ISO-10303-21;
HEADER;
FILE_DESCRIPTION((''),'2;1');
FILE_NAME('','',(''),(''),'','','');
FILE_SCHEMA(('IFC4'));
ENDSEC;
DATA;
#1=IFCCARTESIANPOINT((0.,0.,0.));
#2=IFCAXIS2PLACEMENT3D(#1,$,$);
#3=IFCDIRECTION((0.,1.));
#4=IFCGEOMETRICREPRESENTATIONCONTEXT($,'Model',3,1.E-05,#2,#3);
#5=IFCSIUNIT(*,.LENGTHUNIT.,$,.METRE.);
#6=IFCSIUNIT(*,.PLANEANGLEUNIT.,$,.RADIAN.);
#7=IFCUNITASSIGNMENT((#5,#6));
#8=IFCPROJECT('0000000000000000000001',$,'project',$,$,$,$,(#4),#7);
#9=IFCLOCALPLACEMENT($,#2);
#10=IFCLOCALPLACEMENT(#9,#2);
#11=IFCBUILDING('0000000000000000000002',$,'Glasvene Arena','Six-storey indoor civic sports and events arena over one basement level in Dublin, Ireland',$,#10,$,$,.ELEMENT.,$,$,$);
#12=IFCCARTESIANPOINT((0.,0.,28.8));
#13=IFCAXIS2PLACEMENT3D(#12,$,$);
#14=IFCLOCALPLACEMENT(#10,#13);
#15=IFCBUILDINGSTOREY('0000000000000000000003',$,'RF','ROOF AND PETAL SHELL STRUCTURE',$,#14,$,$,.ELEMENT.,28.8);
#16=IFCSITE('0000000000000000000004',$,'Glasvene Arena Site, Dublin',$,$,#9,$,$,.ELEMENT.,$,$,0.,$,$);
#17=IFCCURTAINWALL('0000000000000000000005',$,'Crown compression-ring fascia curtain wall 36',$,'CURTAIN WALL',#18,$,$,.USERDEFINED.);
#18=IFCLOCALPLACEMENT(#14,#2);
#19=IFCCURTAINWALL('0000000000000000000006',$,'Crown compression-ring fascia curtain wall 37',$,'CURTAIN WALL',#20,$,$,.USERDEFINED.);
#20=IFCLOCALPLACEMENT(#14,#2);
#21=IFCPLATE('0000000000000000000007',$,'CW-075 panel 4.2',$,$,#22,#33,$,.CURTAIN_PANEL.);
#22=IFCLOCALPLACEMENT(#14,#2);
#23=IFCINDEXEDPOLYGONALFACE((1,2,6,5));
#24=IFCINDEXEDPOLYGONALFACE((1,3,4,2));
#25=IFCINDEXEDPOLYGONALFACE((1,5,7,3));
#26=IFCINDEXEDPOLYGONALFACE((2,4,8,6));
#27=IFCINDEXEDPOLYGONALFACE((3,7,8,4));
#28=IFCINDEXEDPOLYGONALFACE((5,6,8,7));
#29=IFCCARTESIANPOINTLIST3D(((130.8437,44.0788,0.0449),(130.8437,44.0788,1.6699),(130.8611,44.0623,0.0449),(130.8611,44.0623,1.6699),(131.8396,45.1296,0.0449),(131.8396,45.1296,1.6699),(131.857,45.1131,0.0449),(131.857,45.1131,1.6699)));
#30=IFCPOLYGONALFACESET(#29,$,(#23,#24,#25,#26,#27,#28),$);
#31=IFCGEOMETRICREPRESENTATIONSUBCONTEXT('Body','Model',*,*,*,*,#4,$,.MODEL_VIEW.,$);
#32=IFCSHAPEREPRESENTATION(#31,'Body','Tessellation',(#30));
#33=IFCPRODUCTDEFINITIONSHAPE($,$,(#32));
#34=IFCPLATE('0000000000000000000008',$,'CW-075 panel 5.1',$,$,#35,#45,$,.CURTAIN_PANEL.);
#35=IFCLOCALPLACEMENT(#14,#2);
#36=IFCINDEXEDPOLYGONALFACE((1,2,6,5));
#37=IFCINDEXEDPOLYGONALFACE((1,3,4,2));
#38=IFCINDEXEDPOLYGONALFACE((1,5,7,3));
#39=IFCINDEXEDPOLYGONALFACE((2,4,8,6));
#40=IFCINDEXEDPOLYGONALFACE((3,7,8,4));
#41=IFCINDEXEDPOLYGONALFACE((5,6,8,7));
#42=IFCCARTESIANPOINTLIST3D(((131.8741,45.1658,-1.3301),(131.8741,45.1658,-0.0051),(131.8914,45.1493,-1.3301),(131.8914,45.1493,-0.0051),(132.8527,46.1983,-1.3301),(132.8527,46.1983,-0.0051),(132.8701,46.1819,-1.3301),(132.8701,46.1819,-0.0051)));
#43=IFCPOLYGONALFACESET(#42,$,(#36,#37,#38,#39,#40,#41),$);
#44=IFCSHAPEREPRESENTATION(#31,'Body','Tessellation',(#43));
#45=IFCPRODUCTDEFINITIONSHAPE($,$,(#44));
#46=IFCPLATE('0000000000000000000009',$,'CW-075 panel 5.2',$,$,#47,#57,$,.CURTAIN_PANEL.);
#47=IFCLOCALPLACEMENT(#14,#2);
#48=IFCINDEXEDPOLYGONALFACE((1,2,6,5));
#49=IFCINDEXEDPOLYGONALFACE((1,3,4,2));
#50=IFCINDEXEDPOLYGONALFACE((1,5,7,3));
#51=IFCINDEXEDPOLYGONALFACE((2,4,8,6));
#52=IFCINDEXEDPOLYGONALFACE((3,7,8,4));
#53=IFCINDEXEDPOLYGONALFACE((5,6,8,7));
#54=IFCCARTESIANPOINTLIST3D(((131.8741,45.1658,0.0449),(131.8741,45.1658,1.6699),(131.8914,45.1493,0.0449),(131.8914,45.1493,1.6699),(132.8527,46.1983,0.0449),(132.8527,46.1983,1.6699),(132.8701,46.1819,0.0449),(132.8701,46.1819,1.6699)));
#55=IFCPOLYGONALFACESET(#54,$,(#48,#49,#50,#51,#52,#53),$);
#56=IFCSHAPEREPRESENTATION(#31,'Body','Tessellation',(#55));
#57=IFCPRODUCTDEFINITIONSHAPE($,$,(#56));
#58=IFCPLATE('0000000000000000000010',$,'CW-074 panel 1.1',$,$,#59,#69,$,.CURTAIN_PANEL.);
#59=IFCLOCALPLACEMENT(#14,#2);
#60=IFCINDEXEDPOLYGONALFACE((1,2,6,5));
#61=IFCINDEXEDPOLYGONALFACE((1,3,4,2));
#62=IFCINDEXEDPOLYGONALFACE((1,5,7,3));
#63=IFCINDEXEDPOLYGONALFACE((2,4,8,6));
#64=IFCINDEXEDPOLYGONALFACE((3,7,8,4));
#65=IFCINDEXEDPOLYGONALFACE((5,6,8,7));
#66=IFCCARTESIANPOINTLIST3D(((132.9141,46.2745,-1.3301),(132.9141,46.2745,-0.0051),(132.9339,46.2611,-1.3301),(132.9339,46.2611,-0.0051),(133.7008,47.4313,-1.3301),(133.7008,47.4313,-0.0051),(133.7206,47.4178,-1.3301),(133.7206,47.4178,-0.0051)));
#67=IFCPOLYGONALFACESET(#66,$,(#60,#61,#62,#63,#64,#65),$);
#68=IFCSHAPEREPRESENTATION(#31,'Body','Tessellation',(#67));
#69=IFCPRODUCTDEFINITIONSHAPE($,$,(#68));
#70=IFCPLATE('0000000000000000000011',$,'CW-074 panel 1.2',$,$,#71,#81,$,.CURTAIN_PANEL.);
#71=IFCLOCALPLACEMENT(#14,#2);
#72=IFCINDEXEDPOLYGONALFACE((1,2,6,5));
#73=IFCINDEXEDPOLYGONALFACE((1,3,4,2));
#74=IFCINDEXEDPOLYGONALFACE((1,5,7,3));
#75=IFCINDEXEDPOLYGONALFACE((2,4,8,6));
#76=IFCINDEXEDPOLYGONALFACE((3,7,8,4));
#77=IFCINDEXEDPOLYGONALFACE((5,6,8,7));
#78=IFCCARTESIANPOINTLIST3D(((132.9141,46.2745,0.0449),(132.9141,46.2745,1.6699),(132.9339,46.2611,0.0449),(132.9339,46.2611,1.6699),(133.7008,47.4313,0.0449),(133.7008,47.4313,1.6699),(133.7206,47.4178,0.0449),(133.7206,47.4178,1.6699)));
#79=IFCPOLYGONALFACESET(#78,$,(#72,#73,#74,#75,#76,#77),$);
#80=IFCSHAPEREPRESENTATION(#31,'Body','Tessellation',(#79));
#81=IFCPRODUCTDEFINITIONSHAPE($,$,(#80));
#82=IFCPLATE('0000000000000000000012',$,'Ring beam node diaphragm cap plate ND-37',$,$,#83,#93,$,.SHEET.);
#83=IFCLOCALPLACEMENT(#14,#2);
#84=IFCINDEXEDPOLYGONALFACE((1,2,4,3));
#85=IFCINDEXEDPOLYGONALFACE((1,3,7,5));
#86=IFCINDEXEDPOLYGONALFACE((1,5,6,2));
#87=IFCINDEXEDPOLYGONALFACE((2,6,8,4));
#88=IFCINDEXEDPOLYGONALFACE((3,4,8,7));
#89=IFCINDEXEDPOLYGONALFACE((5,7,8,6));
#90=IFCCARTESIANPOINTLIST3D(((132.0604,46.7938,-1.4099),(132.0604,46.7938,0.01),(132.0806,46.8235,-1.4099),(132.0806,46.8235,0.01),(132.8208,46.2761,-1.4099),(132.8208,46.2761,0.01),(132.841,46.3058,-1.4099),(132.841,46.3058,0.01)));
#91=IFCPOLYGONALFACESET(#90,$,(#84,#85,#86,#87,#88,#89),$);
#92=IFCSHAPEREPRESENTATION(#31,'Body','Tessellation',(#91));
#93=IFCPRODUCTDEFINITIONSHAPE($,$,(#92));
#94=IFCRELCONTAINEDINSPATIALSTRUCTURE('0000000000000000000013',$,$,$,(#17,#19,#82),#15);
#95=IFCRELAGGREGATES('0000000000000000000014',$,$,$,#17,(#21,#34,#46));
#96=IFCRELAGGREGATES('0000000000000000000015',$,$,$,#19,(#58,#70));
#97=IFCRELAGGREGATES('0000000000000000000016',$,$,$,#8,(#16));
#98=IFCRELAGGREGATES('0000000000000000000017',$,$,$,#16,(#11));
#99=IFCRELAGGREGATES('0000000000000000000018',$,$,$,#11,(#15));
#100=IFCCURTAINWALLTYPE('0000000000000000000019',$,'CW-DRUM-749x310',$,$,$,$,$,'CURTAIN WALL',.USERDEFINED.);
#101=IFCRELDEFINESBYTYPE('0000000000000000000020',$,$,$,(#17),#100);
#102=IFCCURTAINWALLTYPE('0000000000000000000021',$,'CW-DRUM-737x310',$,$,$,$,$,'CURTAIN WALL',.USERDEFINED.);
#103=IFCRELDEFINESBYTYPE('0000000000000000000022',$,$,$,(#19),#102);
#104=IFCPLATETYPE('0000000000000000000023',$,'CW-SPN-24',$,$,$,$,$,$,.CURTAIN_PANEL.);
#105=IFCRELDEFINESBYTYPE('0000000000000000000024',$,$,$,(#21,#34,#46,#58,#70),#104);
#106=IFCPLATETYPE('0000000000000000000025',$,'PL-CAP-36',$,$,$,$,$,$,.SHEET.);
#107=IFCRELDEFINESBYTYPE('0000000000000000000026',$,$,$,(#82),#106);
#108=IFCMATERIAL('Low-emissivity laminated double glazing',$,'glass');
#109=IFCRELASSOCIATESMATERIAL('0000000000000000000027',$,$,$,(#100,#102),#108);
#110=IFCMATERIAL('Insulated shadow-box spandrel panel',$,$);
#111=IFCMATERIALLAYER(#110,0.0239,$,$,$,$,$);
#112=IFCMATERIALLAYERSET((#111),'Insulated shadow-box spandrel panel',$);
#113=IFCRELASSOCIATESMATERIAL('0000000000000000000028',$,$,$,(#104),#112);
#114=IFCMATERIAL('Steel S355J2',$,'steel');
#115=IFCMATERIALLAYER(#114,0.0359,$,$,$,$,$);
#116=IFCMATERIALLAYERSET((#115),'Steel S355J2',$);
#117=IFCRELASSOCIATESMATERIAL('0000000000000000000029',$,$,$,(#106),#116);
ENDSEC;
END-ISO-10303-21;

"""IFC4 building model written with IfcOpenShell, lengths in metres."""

from ifc_helpers import new_model, si_unit, direction, frame, origin, origin_2d, place, context, subcontext, project, spatial, rectangle, extrude, material, layer, layer_set, type_object, element, aggregate, save


model = new_model("IFC4")

# Units and contexts
model_context = context("Model", 3, precision=1e-05, world=origin(), true_north=direction((0.0, 1.0)))
body_context = subcontext(model_context, "Body", "Model", "MODEL_VIEW")
ifc_project = project(units=[si_unit("LENGTHUNIT", "METRE"), si_unit("PLANEANGLEUNIT", "RADIAN")], contexts=[model_context])

# Site, building, storey
site_placement = place(None, origin())
site = spatial("IfcSite", under=ifc_project, at=site_placement, Name="Glasvene Arena Site, Dublin", CompositionType="ELEMENT", RefElevation=0.0)
building_placement = place(site_placement, origin())
building = spatial("IfcBuilding", under=site, at=building_placement, Name="Glasvene Arena", Description="Six-storey indoor civic sports and events arena over one basement level in Dublin, Ireland", CompositionType="ELEMENT")
storey_placement = place(building_placement, frame((0.0, 0.0, 28.8)))
storey = spatial("IfcBuildingStorey", under=building, at=storey_placement, Name="RF", Description="ROOF AND PETAL SHELL STRUCTURE", CompositionType="ELEMENT", Elevation=28.8)

# Shared definitions
ifc_material_1 = material(Name="Steel S355J2", Category="steel")

# Curtain walls
ifc_material_2 = material(Name="Low-emissivity laminated double glazing", Category="glass")
curtain_wall_type_1 = type_object("IfcCurtainWallType", Name="CW-DRUM-749x310", ElementType="CURTAIN WALL", PredefinedType="USERDEFINED", material=ifc_material_2)
curtain_wall_1_placement = place(storey_placement, frame((127.7441, 40.7913, 0.0)))
curtain_wall_1 = element("IfcCurtainWall", 1, at=curtain_wall_1_placement, inside=storey, type_object=curtain_wall_type_1, Name="Crown compression-ring fascia curtain wall 36", ObjectType="CURTAIN WALL", PredefinedType="USERDEFINED")
curtain_wall_type_2 = type_object("IfcCurtainWallType", Name="CW-DRUM-737x310", ElementType="CURTAIN WALL", PredefinedType="USERDEFINED", material=ifc_material_2)
curtain_wall_2_placement = place(storey_placement, frame((132.8958, 46.2263, 0.0)))
curtain_wall_2 = element("IfcCurtainWall", 2, at=curtain_wall_2_placement, inside=storey, type_object=curtain_wall_type_2, Name="Crown compression-ring fascia curtain wall 37", ObjectType="CURTAIN WALL", PredefinedType="USERDEFINED")

# Plates
ifc_material_3 = material(Name="Insulated shadow-box spandrel panel")
ifc_layer_1 = layer(ifc_material_3, 0.0239)
ifc_layer_set_1 = layer_set([ifc_layer_1], Name="Insulated shadow-box spandrel panel")
plate_type_1 = type_object("IfcPlateType", Name="CW-SPN-24", PredefinedType="CURTAIN_PANEL", material=ifc_layer_set_1)
plate_1_placement = place(storey_placement, frame((131.3503, 44.5959, 0.0449), z_axis=(0.0, 0.0, 1.0), x_axis=(0.687925, 0.725782, 0.0)))
plate_1 = element("IfcPlate", 3, at=plate_1_placement, type_object=plate_type_1, Name="CW-075 panel 4.2", PredefinedType="CURTAIN_PANEL", context=body_context, shape_type="SweptSolid", body=[
    extrude(rectangle(XDim=1.4478, YDim=0.0239, at=origin_2d()), origin(), (0.0, 0.0, 1.0), 1.625),
])
plate_2_placement = place(storey_placement, frame((132.3721, 45.6738, -1.3301), z_axis=(0.0, 0.0, 1.0), x_axis=(0.687925, 0.725782, 0.0)))
plate_2 = element("IfcPlate", 4, at=plate_2_placement, type_object=plate_type_1, Name="CW-075 panel 5.1", PredefinedType="CURTAIN_PANEL", context=body_context, shape_type="SweptSolid", body=[
    extrude(rectangle(XDim=1.4226, YDim=0.0239, at=origin_2d()), origin(), (0.0, 0.0, 1.0), 1.325),
])
plate_3_placement = place(storey_placement, frame((132.3721, 45.6738, 0.0449), z_axis=(0.0, 0.0, 1.0), x_axis=(0.687925, 0.725782, 0.0)))
plate_3 = element("IfcPlate", 5, at=plate_3_placement, type_object=plate_type_1, Name="CW-075 panel 5.2", PredefinedType="CURTAIN_PANEL", context=body_context, shape_type="SweptSolid", body=[
    extrude(rectangle(XDim=1.4226, YDim=0.0239, at=origin_2d()), origin(), (0.0, 0.0, 1.0), 1.625),
])
aggregate(curtain_wall_1, [plate_1, plate_2, plate_3])
plate_4_placement = place(storey_placement, frame((133.3174, 46.8462, -1.3301), z_axis=(0.0, 0.0, 1.0), x_axis=(0.562354, 0.826896, 0.0)))
plate_4 = element("IfcPlate", 6, at=plate_4_placement, type_object=plate_type_1, Name="CW-074 panel 1.1", PredefinedType="CURTAIN_PANEL", context=body_context, shape_type="SweptSolid", body=[
    extrude(rectangle(XDim=1.3989, YDim=0.0239, at=origin_2d()), origin(), (0.0, 0.0, 1.0), 1.325),
])
plate_5_placement = place(storey_placement, frame((133.3174, 46.8462, 0.0449), z_axis=(0.0, 0.0, 1.0), x_axis=(0.562354, 0.826896, 0.0)))
plate_5 = element("IfcPlate", 7, at=plate_5_placement, type_object=plate_type_1, Name="CW-074 panel 1.2", PredefinedType="CURTAIN_PANEL", context=body_context, shape_type="SweptSolid", body=[
    extrude(rectangle(XDim=1.3989, YDim=0.0239, at=origin_2d()), origin(), (0.0, 0.0, 1.0), 1.625),
])
aggregate(curtain_wall_2, [plate_4, plate_5])
ifc_layer_2 = layer(ifc_material_1, 0.0359)
ifc_layer_set_2 = layer_set([ifc_layer_2], Name="Steel S355J2")
plate_type_2 = type_object("IfcPlateType", Name="PL-CAP-36", PredefinedType="SHEET", material=ifc_layer_set_2)
plate_6_placement = place(storey_placement, frame((132.4507, 46.5498, -1.4099), z_axis=(0.0, 0.0, 1.0), x_axis=(0.562805, 0.82659, 0.0)))
element("IfcPlate", 8, at=plate_6_placement, inside=storey, type_object=plate_type_2, Name="Ring beam node diaphragm cap plate ND-37", PredefinedType="SHEET", context=body_context, shape_type="SweptSolid", body=[
    extrude(rectangle(XDim=0.0359, YDim=0.9199, at=origin_2d()), origin(), (0.0, 0.0, 1.0), 1.4199),
])

save(model, "model.ifc")
